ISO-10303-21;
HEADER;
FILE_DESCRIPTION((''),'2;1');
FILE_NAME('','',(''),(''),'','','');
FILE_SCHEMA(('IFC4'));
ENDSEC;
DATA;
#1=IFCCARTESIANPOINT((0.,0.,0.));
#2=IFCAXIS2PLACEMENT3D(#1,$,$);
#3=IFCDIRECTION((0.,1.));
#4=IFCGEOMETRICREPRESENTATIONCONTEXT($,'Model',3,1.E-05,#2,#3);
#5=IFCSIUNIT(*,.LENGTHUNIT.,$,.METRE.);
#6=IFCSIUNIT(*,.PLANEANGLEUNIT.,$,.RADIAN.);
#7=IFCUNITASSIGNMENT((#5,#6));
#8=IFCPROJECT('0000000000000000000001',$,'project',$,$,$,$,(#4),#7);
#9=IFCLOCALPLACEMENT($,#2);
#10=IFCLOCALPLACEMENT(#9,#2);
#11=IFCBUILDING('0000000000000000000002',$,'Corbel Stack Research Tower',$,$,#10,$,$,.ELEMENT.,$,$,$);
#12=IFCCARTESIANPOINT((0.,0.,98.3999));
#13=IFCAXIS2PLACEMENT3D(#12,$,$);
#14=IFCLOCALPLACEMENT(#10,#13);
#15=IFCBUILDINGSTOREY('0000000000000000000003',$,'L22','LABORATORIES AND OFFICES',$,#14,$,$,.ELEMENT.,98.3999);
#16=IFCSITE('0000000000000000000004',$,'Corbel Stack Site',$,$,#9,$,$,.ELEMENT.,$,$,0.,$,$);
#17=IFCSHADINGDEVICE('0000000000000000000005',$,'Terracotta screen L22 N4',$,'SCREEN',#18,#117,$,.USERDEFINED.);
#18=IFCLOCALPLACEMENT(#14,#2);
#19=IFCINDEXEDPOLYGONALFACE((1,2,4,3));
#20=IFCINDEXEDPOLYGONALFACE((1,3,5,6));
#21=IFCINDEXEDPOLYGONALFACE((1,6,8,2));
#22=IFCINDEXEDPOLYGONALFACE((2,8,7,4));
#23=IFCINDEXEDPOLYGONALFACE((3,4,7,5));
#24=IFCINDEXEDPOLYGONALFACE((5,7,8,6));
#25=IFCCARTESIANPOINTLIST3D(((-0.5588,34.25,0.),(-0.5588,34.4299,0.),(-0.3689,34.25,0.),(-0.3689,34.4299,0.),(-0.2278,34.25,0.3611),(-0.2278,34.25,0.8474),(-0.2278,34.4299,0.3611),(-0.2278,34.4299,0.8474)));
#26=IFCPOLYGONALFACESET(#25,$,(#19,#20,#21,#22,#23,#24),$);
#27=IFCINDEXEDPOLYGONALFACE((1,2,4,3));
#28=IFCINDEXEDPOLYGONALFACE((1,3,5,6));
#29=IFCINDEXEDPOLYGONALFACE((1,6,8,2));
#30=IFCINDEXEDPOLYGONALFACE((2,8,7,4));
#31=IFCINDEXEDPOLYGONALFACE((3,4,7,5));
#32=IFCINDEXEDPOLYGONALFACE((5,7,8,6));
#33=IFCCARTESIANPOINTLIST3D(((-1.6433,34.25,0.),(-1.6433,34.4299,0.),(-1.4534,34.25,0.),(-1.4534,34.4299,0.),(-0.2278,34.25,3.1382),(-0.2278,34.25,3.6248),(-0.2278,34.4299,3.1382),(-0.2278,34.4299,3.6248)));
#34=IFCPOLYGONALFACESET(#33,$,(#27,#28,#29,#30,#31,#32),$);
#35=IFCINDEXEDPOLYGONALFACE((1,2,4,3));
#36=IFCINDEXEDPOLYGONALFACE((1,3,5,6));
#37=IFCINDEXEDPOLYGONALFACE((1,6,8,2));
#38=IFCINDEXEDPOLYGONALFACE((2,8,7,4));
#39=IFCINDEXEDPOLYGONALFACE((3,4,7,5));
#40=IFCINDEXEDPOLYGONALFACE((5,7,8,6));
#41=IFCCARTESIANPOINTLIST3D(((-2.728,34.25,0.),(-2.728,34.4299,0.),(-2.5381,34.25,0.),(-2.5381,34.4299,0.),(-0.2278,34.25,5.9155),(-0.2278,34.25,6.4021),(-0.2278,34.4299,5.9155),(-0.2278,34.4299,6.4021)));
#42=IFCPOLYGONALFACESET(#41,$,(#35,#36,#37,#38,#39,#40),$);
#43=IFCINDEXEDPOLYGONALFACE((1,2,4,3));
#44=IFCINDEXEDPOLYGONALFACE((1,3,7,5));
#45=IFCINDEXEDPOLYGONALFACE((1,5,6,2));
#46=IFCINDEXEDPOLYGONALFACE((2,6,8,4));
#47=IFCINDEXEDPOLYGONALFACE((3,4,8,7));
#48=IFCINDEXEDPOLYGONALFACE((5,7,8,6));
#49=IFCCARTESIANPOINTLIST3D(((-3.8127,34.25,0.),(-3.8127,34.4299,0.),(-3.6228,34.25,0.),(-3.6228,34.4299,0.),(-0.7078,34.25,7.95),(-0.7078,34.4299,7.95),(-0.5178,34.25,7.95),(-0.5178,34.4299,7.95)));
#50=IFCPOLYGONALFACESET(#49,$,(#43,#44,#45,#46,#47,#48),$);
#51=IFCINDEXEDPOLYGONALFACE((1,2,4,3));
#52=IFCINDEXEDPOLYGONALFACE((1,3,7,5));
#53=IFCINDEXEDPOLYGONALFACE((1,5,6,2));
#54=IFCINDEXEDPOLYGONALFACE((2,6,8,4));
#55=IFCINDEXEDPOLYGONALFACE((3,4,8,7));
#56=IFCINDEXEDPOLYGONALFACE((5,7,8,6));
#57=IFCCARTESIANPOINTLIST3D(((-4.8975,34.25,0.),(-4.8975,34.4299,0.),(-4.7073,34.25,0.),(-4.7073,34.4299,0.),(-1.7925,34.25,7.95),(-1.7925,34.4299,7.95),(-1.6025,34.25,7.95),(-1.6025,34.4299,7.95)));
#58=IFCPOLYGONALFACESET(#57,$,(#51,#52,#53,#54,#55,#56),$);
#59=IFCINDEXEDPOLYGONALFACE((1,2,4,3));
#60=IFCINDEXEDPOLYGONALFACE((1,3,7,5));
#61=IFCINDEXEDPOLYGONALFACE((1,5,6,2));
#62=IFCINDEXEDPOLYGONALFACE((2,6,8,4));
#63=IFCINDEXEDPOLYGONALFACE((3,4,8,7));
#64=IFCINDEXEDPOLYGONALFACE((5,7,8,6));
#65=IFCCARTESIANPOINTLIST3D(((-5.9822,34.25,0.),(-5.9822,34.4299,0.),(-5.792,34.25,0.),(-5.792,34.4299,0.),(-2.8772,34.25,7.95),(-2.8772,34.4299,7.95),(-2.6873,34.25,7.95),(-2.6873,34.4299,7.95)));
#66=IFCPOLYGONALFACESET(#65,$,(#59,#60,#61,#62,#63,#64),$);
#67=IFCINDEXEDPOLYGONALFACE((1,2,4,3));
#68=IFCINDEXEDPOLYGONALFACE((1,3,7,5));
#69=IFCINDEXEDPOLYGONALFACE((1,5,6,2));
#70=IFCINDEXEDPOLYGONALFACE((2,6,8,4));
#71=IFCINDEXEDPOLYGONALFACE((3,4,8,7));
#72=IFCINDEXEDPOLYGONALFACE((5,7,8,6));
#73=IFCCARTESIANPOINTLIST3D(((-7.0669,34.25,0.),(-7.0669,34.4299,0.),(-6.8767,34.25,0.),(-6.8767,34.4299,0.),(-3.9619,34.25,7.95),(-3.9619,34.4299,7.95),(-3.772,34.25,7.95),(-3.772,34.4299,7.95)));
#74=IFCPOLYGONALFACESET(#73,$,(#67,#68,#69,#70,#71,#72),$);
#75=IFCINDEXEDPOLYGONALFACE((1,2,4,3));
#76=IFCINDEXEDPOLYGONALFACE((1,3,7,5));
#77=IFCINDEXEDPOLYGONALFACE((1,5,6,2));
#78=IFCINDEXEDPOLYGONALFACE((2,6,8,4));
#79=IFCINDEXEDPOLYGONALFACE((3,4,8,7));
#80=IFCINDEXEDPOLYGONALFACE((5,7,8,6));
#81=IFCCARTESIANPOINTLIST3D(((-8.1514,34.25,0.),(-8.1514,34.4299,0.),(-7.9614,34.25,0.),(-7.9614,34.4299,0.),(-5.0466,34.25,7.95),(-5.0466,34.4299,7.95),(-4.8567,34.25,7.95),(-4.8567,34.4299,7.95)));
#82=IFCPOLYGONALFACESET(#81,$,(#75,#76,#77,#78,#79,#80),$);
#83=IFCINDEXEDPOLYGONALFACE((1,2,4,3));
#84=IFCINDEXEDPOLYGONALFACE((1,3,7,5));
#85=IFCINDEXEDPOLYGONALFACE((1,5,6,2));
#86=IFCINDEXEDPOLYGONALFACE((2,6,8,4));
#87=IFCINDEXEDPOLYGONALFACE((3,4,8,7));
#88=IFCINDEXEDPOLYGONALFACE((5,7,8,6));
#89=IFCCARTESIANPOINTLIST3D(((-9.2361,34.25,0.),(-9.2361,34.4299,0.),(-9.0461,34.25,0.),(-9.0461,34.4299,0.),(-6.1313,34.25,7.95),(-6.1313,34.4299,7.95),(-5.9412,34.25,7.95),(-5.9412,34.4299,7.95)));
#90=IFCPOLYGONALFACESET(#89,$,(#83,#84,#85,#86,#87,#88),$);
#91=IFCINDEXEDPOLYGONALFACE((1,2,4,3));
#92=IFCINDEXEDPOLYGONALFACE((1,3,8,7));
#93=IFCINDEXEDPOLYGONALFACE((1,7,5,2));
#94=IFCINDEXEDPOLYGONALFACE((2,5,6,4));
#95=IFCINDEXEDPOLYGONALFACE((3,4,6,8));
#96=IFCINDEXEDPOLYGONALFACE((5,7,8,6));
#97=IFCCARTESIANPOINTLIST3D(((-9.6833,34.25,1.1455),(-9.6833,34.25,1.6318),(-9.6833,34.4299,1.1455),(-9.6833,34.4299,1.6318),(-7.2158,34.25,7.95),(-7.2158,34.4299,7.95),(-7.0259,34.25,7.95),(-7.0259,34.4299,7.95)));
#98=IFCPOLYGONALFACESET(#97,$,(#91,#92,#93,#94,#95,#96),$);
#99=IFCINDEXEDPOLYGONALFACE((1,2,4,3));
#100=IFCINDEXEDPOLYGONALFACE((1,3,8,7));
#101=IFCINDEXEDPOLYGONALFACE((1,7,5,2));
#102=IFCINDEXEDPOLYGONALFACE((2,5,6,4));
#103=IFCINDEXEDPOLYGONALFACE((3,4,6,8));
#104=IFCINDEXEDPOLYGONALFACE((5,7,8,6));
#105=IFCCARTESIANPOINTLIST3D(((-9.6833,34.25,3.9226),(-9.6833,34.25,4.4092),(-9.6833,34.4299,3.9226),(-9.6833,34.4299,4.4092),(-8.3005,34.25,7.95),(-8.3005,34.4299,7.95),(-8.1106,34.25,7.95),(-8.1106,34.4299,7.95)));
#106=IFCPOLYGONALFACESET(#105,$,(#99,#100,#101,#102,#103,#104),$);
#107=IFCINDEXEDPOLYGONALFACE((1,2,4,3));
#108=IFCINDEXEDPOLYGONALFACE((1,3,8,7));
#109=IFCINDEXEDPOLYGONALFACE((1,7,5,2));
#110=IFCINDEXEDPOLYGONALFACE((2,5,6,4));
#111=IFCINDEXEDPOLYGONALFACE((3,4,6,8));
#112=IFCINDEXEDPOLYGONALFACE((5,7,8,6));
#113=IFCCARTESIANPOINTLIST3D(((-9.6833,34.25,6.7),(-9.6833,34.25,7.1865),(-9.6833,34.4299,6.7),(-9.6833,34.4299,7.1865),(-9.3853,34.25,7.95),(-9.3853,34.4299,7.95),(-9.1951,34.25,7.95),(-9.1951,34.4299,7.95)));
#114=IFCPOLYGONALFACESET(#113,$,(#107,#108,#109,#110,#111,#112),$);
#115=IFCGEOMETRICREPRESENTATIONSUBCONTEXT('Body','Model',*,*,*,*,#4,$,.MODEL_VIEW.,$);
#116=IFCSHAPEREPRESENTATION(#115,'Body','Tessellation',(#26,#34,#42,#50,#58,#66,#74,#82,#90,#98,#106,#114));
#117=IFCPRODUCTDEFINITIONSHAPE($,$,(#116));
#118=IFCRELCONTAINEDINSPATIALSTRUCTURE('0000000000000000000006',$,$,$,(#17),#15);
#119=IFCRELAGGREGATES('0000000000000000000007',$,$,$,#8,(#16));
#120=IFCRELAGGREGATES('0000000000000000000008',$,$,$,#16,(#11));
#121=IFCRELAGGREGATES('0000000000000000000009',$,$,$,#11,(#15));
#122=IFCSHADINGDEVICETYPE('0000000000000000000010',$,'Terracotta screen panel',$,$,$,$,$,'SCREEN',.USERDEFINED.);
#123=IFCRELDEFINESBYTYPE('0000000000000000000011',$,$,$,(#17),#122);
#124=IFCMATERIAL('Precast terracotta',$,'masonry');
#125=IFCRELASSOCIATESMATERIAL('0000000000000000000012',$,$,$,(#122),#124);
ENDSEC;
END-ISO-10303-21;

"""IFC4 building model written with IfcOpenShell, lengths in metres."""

from ifc_helpers import new_model, si_unit, direction, frame, origin, place, context, subcontext, project, spatial, polyline, outline, extrude, source, transform, mapped, material, type_object, element, save


model = new_model("IFC4")

# Units and contexts
model_context = context("Model", 3, precision=1e-05, world=origin(), true_north=direction((0.0, 1.0)))
body_context = subcontext(model_context, "Body", "Model", "MODEL_VIEW")
ifc_project = project(units=[si_unit("LENGTHUNIT", "METRE"), si_unit("PLANEANGLEUNIT", "RADIAN")], contexts=[model_context])

# Site, building, storey
site_placement = place(None, origin())
site = spatial("IfcSite", under=ifc_project, at=site_placement, Name="Corbel Stack Site", CompositionType="ELEMENT", RefElevation=0.0)
building_placement = place(site_placement, origin())
building = spatial("IfcBuilding", under=site, at=building_placement, Name="Corbel Stack Research Tower", CompositionType="ELEMENT")
storey_placement = place(building_placement, frame((0.0, 0.0, 98.3999)))
storey = spatial("IfcBuildingStorey", under=building, at=storey_placement, Name="L22", Description="LABORATORIES AND OFFICES", CompositionType="ELEMENT", Elevation=98.3999)

# Shading device
ifc_material_1 = material(Name="Precast terracotta", Category="masonry")
shading_device_type = type_object("IfcShadingDeviceType", Name="Terracotta screen panel", ElementType="SCREEN", PredefinedType="USERDEFINED", material=ifc_material_1)
shared_shape_1 = source(origin(), body_context, "Body", "SweptSolid", [
    extrude(outline(polyline([(0.3311, 0.0), (0.0, 0.8474), (0.0, 0.3611), (0.1411, 0.0), (0.3311, 0.0)])), frame((0.0, 0.0, 0.0), z_axis=(0.0, -1.0, 0.0), x_axis=(1.0, 0.0, 0.0)), (0.0, 0.0, 1.0), 0.1799),
    extrude(outline(polyline([(1.4155, 0.0), (0.0, 3.6248), (0.0, 3.1382), (1.2256, 0.0), (1.4155, 0.0)])), frame((0.0, 0.0, 0.0), z_axis=(0.0, -1.0, 0.0), x_axis=(1.0, 0.0, 0.0)), (0.0, 0.0, 1.0), 0.1799),
    extrude(outline(polyline([(2.5002, 0.0), (0.0, 6.4021), (0.0, 5.9155), (2.3103, 0.0), (2.5002, 0.0)])), frame((0.0, 0.0, 0.0), z_axis=(0.0, -1.0, 0.0), x_axis=(1.0, 0.0, 0.0)), (0.0, 0.0, 1.0), 0.1799),
    extrude(outline(polyline([(3.585, 0.0), (0.48, 7.95), (0.29, 7.95), (3.395, 0.0), (3.585, 0.0)])), frame((0.0, 0.0, 0.0), z_axis=(0.0, -1.0, 0.0), x_axis=(1.0, 0.0, 0.0)), (0.0, 0.0, 1.0), 0.1799),
    extrude(outline(polyline([(4.6697, 0.0), (1.5647, 7.95), (1.3748, 7.95), (4.4795, 0.0), (4.6697, 0.0)])), frame((0.0, 0.0, 0.0), z_axis=(0.0, -1.0, 0.0), x_axis=(1.0, 0.0, 0.0)), (0.0, 0.0, 1.0), 0.1799),
    extrude(outline(polyline([(5.7544, 0.0), (2.6494, 7.95), (2.4595, 7.95), (5.5642, 0.0), (5.7544, 0.0)])), frame((0.0, 0.0, 0.0), z_axis=(0.0, -1.0, 0.0), x_axis=(1.0, 0.0, 0.0)), (0.0, 0.0, 1.0), 0.1799),
    extrude(outline(polyline([(6.8391, 0.0), (3.7341, 7.95), (3.5442, 7.95), (6.6489, 0.0), (6.8391, 0.0)])), frame((0.0, 0.0, 0.0), z_axis=(0.0, -1.0, 0.0), x_axis=(1.0, 0.0, 0.0)), (0.0, 0.0, 1.0), 0.1799),
    extrude(outline(polyline([(7.9236, 0.0), (4.8188, 7.95), (4.6289, 7.95), (7.7336, 0.0), (7.9236, 0.0)])), frame((0.0, 0.0, 0.0), z_axis=(0.0, -1.0, 0.0), x_axis=(1.0, 0.0, 0.0)), (0.0, 0.0, 1.0), 0.1799),
    extrude(outline(polyline([(9.0083, 0.0), (5.9036, 7.95), (5.7134, 7.95), (8.8184, 0.0), (9.0083, 0.0)])), frame((0.0, 0.0, 0.0), z_axis=(0.0, -1.0, 0.0), x_axis=(1.0, 0.0, 0.0)), (0.0, 0.0, 1.0), 0.1799),
    extrude(outline(polyline([(6.988, 7.95), (6.7981, 7.95), (9.4556, 1.1455), (9.4556, 1.6318), (6.988, 7.95)])), frame((0.0, 0.0, 0.0), z_axis=(0.0, -1.0, 0.0), x_axis=(1.0, 0.0, 0.0)), (0.0, 0.0, 1.0), 0.1799),
    extrude(outline(polyline([(8.0728, 7.95), (7.8828, 7.95), (9.4556, 3.9226), (9.4556, 4.4092), (8.0728, 7.95)])), frame((0.0, 0.0, 0.0), z_axis=(0.0, -1.0, 0.0), x_axis=(1.0, 0.0, 0.0)), (0.0, 0.0, 1.0), 0.1799),
    extrude(outline(polyline([(9.1575, 7.95), (8.9673, 7.95), (9.4556, 6.7), (9.4556, 7.1865), (9.1575, 7.95)])), frame((0.0, 0.0, 0.0), z_axis=(0.0, -1.0, 0.0), x_axis=(1.0, 0.0, 0.0)), (0.0, 0.0, 1.0), 0.1799),
])
shading_device_1_placement = place(storey_placement, frame((-0.2278, 34.25, 0.0), z_axis=(0.0, 0.0, 1.0), x_axis=(-1.0, 0.0, 0.0)))
element("IfcShadingDevice", 1, at=shading_device_1_placement, inside=storey, type_object=shading_device_type, Name="Terracotta screen L22 N4", ObjectType="SCREEN", PredefinedType="USERDEFINED", context=body_context, shape_type="MappedRepresentation", body=[
    mapped(shared_shape_1, transform((0.0, 0.0, 0.0))),
])

save(model, "model.ifc")
